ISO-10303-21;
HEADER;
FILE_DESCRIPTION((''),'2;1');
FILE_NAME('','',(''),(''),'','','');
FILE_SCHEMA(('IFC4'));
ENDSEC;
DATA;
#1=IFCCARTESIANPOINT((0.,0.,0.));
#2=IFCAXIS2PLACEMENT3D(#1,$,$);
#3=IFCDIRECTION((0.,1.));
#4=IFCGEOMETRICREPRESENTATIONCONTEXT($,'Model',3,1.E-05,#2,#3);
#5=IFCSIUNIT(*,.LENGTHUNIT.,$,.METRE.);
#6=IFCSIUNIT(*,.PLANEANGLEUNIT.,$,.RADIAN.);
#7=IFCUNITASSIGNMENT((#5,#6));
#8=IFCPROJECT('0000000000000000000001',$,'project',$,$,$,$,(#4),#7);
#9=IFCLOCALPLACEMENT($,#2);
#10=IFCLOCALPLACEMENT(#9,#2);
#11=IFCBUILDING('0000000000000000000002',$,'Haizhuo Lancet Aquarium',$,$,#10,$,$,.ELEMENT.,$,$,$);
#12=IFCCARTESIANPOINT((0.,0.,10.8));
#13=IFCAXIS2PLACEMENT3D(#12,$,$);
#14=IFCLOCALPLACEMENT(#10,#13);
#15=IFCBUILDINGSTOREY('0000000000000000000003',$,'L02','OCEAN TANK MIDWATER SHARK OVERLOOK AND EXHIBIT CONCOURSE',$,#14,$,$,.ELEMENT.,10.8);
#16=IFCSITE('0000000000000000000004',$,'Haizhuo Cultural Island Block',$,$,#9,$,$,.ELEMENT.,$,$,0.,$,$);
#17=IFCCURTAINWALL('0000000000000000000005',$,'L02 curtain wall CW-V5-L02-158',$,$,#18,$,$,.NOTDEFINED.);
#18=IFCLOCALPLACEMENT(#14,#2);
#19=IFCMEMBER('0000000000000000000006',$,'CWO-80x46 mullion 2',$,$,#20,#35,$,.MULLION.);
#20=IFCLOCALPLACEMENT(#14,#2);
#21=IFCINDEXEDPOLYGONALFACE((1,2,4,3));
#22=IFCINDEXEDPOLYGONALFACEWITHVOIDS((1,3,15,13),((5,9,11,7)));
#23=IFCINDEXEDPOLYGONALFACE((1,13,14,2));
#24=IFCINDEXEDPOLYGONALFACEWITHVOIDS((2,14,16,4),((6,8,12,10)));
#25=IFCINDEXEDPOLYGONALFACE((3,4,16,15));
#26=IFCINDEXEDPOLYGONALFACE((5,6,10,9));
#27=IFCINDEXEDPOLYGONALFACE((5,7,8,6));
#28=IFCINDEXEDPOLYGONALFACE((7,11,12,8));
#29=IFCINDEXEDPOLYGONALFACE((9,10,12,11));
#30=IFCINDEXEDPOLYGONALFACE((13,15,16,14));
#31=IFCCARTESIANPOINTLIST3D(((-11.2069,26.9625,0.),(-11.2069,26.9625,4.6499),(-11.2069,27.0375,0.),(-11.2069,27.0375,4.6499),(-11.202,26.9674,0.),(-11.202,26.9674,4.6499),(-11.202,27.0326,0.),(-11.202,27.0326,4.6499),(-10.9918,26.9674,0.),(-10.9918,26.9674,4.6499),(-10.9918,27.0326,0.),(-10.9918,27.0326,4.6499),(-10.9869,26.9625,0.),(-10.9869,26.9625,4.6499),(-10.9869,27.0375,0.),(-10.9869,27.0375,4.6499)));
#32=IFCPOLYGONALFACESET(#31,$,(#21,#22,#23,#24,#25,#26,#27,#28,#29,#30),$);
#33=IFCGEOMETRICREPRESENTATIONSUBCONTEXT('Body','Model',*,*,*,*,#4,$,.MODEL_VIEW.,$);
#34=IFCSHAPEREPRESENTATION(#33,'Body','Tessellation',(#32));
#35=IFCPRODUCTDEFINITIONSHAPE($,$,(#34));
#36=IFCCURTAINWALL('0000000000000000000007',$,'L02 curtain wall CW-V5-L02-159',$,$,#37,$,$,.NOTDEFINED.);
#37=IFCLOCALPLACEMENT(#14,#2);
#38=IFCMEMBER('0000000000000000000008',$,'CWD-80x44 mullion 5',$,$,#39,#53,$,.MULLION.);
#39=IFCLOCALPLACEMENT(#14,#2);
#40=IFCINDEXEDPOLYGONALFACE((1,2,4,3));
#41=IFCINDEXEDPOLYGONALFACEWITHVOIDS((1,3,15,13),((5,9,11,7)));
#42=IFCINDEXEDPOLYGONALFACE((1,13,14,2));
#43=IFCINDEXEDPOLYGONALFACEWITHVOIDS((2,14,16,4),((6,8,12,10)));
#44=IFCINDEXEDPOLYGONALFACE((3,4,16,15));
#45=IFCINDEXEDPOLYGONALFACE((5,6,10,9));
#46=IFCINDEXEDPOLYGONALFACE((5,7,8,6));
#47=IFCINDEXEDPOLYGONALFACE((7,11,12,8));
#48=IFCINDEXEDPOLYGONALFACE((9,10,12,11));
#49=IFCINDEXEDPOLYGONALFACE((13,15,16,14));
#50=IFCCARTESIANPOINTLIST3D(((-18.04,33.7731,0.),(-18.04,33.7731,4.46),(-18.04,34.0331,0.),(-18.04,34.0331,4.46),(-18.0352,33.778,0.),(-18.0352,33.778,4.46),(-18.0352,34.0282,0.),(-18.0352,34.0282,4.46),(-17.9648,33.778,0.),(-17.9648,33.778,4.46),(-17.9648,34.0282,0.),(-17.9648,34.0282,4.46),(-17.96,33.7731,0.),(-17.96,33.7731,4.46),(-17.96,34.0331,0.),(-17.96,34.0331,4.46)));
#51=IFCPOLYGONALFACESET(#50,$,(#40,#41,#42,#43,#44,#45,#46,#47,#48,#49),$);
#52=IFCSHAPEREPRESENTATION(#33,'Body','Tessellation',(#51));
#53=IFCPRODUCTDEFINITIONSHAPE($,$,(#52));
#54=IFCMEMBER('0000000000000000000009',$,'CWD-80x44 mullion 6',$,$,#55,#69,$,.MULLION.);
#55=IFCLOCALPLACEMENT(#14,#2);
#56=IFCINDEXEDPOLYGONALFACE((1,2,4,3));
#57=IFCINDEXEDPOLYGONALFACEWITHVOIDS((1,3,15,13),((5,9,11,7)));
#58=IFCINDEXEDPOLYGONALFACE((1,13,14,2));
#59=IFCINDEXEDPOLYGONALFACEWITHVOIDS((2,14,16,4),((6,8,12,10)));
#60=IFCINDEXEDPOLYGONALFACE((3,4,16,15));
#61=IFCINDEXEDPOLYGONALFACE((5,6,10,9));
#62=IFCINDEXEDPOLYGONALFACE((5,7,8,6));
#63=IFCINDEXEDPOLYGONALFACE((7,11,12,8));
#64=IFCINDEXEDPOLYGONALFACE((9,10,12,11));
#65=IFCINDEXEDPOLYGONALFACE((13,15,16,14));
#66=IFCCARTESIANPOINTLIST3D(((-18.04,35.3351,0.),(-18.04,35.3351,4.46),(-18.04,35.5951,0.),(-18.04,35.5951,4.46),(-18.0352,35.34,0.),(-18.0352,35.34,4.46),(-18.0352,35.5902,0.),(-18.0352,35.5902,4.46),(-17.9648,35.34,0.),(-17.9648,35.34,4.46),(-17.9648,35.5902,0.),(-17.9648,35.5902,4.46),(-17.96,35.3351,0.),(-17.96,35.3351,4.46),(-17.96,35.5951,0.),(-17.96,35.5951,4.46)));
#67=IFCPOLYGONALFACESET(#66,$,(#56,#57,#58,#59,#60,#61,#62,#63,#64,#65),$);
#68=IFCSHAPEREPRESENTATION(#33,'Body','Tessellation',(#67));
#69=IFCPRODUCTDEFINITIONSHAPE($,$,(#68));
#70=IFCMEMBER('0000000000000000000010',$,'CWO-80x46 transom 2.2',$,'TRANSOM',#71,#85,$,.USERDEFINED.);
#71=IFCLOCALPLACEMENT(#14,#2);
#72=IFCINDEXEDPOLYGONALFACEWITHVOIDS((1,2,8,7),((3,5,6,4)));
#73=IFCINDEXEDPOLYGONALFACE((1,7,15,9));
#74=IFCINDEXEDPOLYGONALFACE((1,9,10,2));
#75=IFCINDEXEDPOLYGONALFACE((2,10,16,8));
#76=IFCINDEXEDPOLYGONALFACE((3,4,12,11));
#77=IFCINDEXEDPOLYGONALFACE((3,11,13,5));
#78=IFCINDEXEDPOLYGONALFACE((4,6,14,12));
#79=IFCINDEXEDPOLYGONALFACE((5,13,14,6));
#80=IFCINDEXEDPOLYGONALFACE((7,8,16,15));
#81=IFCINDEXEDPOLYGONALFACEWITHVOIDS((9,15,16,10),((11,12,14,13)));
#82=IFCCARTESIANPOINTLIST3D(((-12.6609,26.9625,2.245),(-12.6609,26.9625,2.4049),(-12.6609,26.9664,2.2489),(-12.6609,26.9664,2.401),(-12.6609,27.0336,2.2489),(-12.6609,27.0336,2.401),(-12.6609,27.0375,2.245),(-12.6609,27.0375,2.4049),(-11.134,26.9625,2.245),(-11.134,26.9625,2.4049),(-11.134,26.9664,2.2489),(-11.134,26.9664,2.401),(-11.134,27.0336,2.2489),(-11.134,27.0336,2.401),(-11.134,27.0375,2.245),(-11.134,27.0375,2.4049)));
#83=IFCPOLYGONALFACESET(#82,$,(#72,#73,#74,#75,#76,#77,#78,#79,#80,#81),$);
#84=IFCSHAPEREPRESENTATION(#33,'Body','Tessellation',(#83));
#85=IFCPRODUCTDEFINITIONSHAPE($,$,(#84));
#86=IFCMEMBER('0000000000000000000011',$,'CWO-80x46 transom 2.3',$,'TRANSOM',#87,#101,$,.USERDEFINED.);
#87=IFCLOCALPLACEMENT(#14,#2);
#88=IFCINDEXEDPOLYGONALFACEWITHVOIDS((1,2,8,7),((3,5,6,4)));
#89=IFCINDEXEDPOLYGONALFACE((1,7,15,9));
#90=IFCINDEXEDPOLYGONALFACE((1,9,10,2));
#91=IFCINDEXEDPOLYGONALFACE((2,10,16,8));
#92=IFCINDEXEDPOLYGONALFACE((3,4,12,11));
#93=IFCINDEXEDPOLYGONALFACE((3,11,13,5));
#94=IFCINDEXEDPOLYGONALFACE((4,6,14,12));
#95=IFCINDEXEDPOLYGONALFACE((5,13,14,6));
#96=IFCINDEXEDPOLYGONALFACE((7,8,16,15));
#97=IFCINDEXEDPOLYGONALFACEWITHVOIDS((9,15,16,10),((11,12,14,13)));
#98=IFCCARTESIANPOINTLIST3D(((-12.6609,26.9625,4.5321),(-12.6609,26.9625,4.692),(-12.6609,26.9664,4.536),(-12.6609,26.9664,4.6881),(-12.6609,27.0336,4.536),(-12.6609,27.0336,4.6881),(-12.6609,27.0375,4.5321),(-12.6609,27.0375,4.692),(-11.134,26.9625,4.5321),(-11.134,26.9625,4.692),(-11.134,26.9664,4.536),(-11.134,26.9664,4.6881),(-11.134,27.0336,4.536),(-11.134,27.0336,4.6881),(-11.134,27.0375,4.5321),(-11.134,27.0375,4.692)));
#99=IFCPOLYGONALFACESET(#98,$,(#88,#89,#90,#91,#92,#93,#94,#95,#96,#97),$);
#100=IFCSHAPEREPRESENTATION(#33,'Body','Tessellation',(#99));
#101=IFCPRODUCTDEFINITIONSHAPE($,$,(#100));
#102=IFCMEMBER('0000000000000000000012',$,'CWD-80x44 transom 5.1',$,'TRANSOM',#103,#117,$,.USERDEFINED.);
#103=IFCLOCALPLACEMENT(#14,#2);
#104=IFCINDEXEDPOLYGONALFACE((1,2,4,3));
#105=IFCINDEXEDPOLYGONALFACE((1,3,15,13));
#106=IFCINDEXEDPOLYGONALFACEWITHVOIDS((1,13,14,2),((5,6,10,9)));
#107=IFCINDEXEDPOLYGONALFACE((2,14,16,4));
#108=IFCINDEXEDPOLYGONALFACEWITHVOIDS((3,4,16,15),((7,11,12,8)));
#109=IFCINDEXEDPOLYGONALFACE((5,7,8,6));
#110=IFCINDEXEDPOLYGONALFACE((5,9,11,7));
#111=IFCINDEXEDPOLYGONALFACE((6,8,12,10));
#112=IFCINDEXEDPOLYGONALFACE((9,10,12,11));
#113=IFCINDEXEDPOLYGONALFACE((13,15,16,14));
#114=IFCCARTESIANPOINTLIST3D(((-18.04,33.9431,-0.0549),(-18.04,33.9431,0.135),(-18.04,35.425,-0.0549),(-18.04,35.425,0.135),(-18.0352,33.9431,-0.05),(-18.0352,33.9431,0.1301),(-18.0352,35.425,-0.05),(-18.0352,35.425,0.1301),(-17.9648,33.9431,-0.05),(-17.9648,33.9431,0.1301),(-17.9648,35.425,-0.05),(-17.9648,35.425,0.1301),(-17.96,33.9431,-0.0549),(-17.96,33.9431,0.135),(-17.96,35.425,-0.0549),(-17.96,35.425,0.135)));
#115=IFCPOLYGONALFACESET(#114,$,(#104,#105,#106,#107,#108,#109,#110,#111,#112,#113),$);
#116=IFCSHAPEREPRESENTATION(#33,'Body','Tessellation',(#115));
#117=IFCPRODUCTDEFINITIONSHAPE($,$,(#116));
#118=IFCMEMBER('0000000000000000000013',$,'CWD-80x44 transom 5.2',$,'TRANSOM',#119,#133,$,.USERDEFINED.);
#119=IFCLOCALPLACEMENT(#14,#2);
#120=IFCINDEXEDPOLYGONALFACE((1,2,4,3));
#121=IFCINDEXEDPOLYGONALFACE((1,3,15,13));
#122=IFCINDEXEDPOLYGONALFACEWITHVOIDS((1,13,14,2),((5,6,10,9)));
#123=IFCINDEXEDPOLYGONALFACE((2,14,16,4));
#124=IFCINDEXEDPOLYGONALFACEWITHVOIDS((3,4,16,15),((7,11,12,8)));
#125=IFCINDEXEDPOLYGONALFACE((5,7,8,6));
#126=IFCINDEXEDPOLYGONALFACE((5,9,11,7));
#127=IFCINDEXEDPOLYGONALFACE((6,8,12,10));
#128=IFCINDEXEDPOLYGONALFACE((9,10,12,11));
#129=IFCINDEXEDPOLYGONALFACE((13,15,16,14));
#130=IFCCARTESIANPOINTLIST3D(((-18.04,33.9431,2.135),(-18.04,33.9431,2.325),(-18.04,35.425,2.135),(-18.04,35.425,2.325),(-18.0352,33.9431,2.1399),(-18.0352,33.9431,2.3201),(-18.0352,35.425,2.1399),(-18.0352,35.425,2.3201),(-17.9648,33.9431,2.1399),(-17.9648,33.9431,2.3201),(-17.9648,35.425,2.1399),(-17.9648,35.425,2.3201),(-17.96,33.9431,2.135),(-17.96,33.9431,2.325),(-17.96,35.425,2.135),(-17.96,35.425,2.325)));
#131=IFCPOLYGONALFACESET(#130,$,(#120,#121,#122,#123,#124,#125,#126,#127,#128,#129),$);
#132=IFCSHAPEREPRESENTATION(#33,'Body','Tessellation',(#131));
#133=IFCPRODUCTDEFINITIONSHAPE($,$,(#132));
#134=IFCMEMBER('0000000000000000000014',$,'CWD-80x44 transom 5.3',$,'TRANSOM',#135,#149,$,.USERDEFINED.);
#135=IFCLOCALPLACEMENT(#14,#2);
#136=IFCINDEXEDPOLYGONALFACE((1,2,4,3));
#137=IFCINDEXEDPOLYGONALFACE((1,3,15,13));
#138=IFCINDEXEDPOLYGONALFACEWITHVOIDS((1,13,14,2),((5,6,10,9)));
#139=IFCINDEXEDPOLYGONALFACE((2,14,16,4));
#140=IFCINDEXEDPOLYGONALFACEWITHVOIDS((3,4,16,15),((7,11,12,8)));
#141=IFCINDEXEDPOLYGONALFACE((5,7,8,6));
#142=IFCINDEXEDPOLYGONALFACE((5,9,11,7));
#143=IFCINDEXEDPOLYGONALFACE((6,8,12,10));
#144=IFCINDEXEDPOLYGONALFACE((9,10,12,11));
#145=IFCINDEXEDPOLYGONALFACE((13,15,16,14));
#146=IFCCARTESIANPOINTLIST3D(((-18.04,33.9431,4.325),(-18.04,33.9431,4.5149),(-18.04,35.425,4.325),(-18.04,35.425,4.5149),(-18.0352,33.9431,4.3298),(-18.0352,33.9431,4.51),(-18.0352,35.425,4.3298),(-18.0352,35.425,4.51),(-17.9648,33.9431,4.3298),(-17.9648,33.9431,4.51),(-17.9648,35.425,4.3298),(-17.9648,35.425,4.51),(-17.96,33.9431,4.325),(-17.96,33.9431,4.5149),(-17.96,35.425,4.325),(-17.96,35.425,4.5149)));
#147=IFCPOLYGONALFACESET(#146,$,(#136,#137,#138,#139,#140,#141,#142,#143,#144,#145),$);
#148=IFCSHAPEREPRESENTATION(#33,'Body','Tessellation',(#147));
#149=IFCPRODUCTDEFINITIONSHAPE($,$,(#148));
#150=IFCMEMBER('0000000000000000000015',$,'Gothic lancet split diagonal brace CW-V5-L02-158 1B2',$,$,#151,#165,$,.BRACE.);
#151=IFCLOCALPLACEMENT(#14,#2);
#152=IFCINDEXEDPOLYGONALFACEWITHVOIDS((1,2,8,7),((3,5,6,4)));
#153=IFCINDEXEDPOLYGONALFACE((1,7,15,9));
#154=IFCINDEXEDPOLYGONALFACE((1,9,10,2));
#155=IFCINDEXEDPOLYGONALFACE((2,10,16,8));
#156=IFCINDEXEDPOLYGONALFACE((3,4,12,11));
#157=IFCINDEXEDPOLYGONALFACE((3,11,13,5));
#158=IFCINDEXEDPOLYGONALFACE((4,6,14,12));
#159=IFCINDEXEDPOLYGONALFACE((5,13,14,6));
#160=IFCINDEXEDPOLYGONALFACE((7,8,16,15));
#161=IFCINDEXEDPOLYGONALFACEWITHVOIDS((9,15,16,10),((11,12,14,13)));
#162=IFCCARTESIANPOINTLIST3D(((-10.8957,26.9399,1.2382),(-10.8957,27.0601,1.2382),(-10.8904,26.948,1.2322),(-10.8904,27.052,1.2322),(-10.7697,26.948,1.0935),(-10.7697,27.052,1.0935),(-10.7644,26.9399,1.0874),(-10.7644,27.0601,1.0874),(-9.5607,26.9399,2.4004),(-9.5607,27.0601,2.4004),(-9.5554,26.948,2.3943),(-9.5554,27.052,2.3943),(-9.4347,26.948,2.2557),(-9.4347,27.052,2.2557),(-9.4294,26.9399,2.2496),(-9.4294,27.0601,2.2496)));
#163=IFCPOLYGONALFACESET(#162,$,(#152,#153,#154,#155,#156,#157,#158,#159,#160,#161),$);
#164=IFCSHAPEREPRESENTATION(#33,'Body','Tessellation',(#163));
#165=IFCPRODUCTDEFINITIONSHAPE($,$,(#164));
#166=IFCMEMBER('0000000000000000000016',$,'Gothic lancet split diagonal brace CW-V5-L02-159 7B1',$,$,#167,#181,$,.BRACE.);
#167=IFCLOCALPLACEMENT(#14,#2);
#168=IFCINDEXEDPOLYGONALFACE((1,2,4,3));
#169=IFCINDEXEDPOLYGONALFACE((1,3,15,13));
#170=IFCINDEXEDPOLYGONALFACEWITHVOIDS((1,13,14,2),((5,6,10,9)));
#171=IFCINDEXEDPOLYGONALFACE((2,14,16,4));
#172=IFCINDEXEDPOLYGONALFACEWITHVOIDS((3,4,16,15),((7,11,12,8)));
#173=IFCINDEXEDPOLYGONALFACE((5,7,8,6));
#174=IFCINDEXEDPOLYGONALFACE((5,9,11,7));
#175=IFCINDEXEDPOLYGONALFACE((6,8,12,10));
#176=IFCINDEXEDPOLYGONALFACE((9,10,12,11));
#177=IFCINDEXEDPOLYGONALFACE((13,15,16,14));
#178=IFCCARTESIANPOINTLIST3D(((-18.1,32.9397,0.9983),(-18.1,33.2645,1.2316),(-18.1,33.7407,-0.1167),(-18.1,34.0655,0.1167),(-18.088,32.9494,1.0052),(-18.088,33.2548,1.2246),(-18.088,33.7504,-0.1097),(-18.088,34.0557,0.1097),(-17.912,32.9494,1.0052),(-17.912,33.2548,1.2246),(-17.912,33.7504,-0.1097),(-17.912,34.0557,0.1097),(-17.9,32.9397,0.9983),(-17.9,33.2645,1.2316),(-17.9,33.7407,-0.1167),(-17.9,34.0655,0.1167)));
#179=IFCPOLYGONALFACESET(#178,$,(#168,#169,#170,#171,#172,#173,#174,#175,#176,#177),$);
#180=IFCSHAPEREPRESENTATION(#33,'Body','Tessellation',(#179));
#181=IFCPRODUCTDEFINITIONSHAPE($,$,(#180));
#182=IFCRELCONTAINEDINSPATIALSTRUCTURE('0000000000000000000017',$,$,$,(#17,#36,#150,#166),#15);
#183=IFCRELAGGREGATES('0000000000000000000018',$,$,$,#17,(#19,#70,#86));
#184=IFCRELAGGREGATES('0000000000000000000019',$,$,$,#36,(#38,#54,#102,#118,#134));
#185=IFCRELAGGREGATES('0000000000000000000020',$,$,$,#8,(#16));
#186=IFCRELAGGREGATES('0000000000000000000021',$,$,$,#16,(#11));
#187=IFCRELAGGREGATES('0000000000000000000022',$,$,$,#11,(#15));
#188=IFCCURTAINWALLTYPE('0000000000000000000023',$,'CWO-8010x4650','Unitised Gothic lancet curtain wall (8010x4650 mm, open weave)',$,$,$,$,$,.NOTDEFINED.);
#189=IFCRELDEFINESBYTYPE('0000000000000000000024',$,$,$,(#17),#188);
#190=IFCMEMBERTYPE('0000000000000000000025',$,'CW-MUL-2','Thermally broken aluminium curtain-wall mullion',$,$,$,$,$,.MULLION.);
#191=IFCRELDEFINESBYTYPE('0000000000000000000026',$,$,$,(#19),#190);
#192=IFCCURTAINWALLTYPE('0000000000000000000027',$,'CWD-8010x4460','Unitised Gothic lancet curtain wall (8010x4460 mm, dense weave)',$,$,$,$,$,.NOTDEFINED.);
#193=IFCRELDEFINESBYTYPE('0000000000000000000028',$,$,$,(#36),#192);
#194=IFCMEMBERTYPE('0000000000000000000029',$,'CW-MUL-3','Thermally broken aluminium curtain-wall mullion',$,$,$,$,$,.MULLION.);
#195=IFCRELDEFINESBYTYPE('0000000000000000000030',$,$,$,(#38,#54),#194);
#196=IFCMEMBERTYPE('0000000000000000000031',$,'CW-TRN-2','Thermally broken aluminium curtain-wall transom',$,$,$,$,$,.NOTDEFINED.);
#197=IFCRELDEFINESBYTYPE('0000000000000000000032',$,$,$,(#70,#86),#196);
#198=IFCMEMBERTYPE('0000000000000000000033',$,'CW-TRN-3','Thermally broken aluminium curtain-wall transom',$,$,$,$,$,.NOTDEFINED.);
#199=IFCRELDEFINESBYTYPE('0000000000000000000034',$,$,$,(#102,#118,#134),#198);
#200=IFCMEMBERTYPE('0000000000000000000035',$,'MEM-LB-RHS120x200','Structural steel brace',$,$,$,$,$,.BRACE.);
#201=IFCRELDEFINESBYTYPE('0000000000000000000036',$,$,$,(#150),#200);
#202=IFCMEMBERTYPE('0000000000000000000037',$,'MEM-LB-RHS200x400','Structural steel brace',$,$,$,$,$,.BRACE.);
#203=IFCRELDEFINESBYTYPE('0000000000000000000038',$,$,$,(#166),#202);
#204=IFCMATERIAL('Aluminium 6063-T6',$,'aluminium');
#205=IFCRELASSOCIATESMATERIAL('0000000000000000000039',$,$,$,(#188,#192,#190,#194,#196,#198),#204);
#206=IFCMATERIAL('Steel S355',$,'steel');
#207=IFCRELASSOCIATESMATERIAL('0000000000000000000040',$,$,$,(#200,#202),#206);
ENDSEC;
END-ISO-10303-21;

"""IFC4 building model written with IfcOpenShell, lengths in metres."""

from ifc_helpers import new_model, si_unit, direction, frame, origin, origin_2d, place, context, subcontext, project, spatial, hollow_rectangle, extrude, material, material_profile, profile_set, type_object, element, aggregate, save


model = new_model("IFC4")

# Units and contexts
model_context = context("Model", 3, precision=1e-05, world=origin(), true_north=direction((0.0, 1.0)))
body_context = subcontext(model_context, "Body", "Model", "MODEL_VIEW")
ifc_project = project(units=[si_unit("LENGTHUNIT", "METRE"), si_unit("PLANEANGLEUNIT", "RADIAN")], contexts=[model_context])

# Site, building, storey
site_placement = place(None, origin())
site = spatial("IfcSite", under=ifc_project, at=site_placement, Name="Haizhuo Cultural Island Block", CompositionType="ELEMENT", RefElevation=0.0)
building_placement = place(site_placement, origin())
building = spatial("IfcBuilding", under=site, at=building_placement, Name="Haizhuo Lancet Aquarium", CompositionType="ELEMENT")
storey_placement = place(building_placement, frame((0.0, 0.0, 10.8)))
storey = spatial("IfcBuildingStorey", under=building, at=storey_placement, Name="L02", Description="OCEAN TANK MIDWATER SHARK OVERLOOK AND EXHIBIT CONCOURSE", CompositionType="ELEMENT", Elevation=10.8)

# Curtain wall, member
ifc_material_1 = material(Name="Aluminium 6063-T6", Category="aluminium")
curtain_wall_type_1 = type_object("IfcCurtainWallType", Name="CWO-8010x4650", Description="Unitised Gothic lancet curtain wall (8010x4650 mm, open weave)", PredefinedType="NOTDEFINED", material=ifc_material_1)
curtain_wall_1_placement = place(storey_placement, origin())
curtain_wall_1 = element("IfcCurtainWall", 1, at=curtain_wall_1_placement, inside=storey, type_object=curtain_wall_type_1, Name="L02 curtain wall CW-V5-L02-158", PredefinedType="NOTDEFINED")
ifc_material_profile_1 = material_profile(ifc_material_1, hollow_rectangle(XDim=0.075, YDim=0.22, WallThickness=0.0049, at=origin_2d()), Name="ALU-M 75x220x5")
ifc_profile_set_1 = profile_set([ifc_material_profile_1], Name="Aluminium 6063-T6")
member_type_1 = type_object("IfcMemberType", Name="CW-MUL-2", Description="Thermally broken aluminium curtain-wall mullion", PredefinedType="MULLION", material=ifc_profile_set_1)
member_1_placement = place(storey_placement, frame((-11.0969, 27.0, 0.0), z_axis=(0.0, 0.0, 1.0), x_axis=(0.0, -1.0, 0.0)))
member_1 = element("IfcMember", 2, at=member_1_placement, type_object=member_type_1, Name="CWO-80x46 mullion 2", PredefinedType="MULLION", context=body_context, shape_type="SweptSolid", body=[
    extrude(hollow_rectangle(XDim=0.075, YDim=0.22, WallThickness=0.0049, at=origin_2d()), origin(), (0.0, 0.0, 1.0), 4.6499),
])

# Curtain wall, members
curtain_wall_type_2 = type_object("IfcCurtainWallType", Name="CWD-8010x4460", Description="Unitised Gothic lancet curtain wall (8010x4460 mm, dense weave)", PredefinedType="NOTDEFINED", material=ifc_material_1)
curtain_wall_2_placement = place(storey_placement, origin())
curtain_wall_2 = element("IfcCurtainWall", 3, at=curtain_wall_2_placement, inside=storey, type_object=curtain_wall_type_2, Name="L02 curtain wall CW-V5-L02-159", PredefinedType="NOTDEFINED")
ifc_material_profile_2 = material_profile(ifc_material_1, hollow_rectangle(XDim=0.0801, YDim=0.26, WallThickness=0.0049, at=origin_2d()), Name="ALU-M 80x260x5")
ifc_profile_set_2 = profile_set([ifc_material_profile_2], Name="Aluminium 6063-T6")
member_type_2 = type_object("IfcMemberType", Name="CW-MUL-3", Description="Thermally broken aluminium curtain-wall mullion", PredefinedType="MULLION", material=ifc_profile_set_2)
member_2_placement = place(storey_placement, frame((-18.0, 33.9031, 0.0), z_axis=(0.0, 0.0, 1.0), x_axis=(-1.0, 0.0, 0.0)))
member_2 = element("IfcMember", 4, at=member_2_placement, type_object=member_type_2, Name="CWD-80x44 mullion 5", PredefinedType="MULLION", context=body_context, shape_type="SweptSolid", body=[
    extrude(hollow_rectangle(XDim=0.0801, YDim=0.26, WallThickness=0.0049, at=origin_2d()), origin(), (0.0, 0.0, 1.0), 4.46),
])
member_3_placement = place(storey_placement, frame((-18.0, 35.4651, 0.0), z_axis=(0.0, 0.0, 1.0), x_axis=(-1.0, 0.0, 0.0)))
member_3 = element("IfcMember", 5, at=member_3_placement, type_object=member_type_2, Name="CWD-80x44 mullion 6", PredefinedType="MULLION", context=body_context, shape_type="SweptSolid", body=[
    extrude(hollow_rectangle(XDim=0.0801, YDim=0.26, WallThickness=0.0049, at=origin_2d()), origin(), (0.0, 0.0, 1.0), 4.46),
])

# Members
ifc_material_profile_3 = material_profile(ifc_material_1, hollow_rectangle(XDim=0.075, YDim=0.1599, WallThickness=0.0039, at=origin_2d()), Name="ALU-T 75x160x4")
ifc_profile_set_3 = profile_set([ifc_material_profile_3], Name="Aluminium 6063-T6")
member_type_3 = type_object("IfcMemberType", Name="CW-TRN-2", Description="Thermally broken aluminium curtain-wall transom", PredefinedType="NOTDEFINED", material=ifc_profile_set_3)
member_4_placement = place(storey_placement, frame((-11.134, 27.0, 2.325), z_axis=(-1.0, 0.0, 0.0), x_axis=(0.0, -1.0, 0.0)))
member_4 = element("IfcMember", 6, at=member_4_placement, type_object=member_type_3, Name="CWO-80x46 transom 2.2", ObjectType="TRANSOM", PredefinedType="USERDEFINED", context=body_context, shape_type="SweptSolid", body=[
    extrude(hollow_rectangle(XDim=0.075, YDim=0.1599, WallThickness=0.0039, at=origin_2d()), origin(), (0.0, 0.0, 1.0), 1.5269),
])
member_5_placement = place(storey_placement, frame((-11.134, 27.0, 4.6121), z_axis=(-1.0, 0.0, 0.0), x_axis=(0.0, -1.0, 0.0)))
member_5 = element("IfcMember", 7, at=member_5_placement, type_object=member_type_3, Name="CWO-80x46 transom 2.3", ObjectType="TRANSOM", PredefinedType="USERDEFINED", context=body_context, shape_type="SweptSolid", body=[
    extrude(hollow_rectangle(XDim=0.075, YDim=0.1599, WallThickness=0.0039, at=origin_2d()), origin(), (0.0, 0.0, 1.0), 1.5269),
])
aggregate(curtain_wall_1, [member_1, member_4, member_5])
ifc_material_profile_4 = material_profile(ifc_material_1, hollow_rectangle(XDim=0.0801, YDim=0.1899, WallThickness=0.0049, at=origin_2d()), Name="ALU-T 80x190x5")
ifc_profile_set_4 = profile_set([ifc_material_profile_4], Name="Aluminium 6063-T6")
member_type_4 = type_object("IfcMemberType", Name="CW-TRN-3", Description="Thermally broken aluminium curtain-wall transom", PredefinedType="NOTDEFINED", material=ifc_profile_set_4)
member_6_placement = place(storey_placement, frame((-18.0, 33.9431, 0.04), z_axis=(0.0, 1.0, 0.0), x_axis=(-1.0, 0.0, 0.0)))
member_6 = element("IfcMember", 8, at=member_6_placement, type_object=member_type_4, Name="CWD-80x44 transom 5.1", ObjectType="TRANSOM", PredefinedType="USERDEFINED", context=body_context, shape_type="SweptSolid", body=[
    extrude(hollow_rectangle(XDim=0.0801, YDim=0.1899, WallThickness=0.0049, at=origin_2d()), origin(), (0.0, 0.0, 1.0), 1.4819),
])
member_7_placement = place(storey_placement, frame((-18.0, 33.9431, 2.23), z_axis=(0.0, 1.0, 0.0), x_axis=(-1.0, 0.0, 0.0)))
member_7 = element("IfcMember", 9, at=member_7_placement, type_object=member_type_4, Name="CWD-80x44 transom 5.2", ObjectType="TRANSOM", PredefinedType="USERDEFINED", context=body_context, shape_type="SweptSolid", body=[
    extrude(hollow_rectangle(XDim=0.0801, YDim=0.1899, WallThickness=0.0049, at=origin_2d()), origin(), (0.0, 0.0, 1.0), 1.4819),
])
member_8_placement = place(storey_placement, frame((-18.0, 33.9431, 4.4199), z_axis=(0.0, 1.0, 0.0), x_axis=(-1.0, 0.0, 0.0)))
member_8 = element("IfcMember", 10, at=member_8_placement, type_object=member_type_4, Name="CWD-80x44 transom 5.3", ObjectType="TRANSOM", PredefinedType="USERDEFINED", context=body_context, shape_type="SweptSolid", body=[
    extrude(hollow_rectangle(XDim=0.0801, YDim=0.1899, WallThickness=0.0049, at=origin_2d()), origin(), (0.0, 0.0, 1.0), 1.4819),
])

# Members
ifc_material_2 = material(Name="Steel S355", Category="steel")
ifc_material_profile_5 = material_profile(ifc_material_2, hollow_rectangle(XDim=0.1201, YDim=0.2, WallThickness=0.0081, at=origin_2d()), Name="RHS 120x200x8")
ifc_profile_set_5 = profile_set([ifc_material_profile_5], Name="Steel S355")
member_type_5 = type_object("IfcMemberType", Name="MEM-LB-RHS120x200", Description="Structural steel brace", PredefinedType="BRACE", material=ifc_profile_set_5)
member_9_placement = place(storey_placement, frame((-10.8301, 27.0, 1.1628), z_axis=(0.754249, 0.0, 0.656588), x_axis=(0.0, 1.0, 0.0)))
element("IfcMember", 11, at=member_9_placement, inside=storey, type_object=member_type_5, Name="Gothic lancet split diagonal brace CW-V5-L02-158 1B2", PredefinedType="BRACE", context=body_context, shape_type="SweptSolid", body=[
    extrude(hollow_rectangle(XDim=0.1201, YDim=0.2, WallThickness=0.0081, at=origin_2d()), origin(), (0.0, 0.0, 1.0), 1.77),
])
ifc_material_profile_6 = material_profile(ifc_material_2, hollow_rectangle(XDim=0.2, YDim=0.3999, WallThickness=0.012, at=origin_2d()), Name="RHS 200x400x12")
ifc_profile_set_6 = profile_set([ifc_material_profile_6], Name="Steel S355")
member_type_6 = type_object("IfcMemberType", Name="MEM-LB-RHS200x400", Description="Structural steel brace", PredefinedType="BRACE", material=ifc_profile_set_6)
for number, where, z_axis, x_axis, name in (
    (12, (-18.0, 33.9031, 0.0), (0.0, -0.583456, 0.812144), (1.0, 0.0, 0.0), "Gothic lancet split diagonal brace CW-V5-L02-159 7B1"),
):
    element("IfcMember", number, at=place(storey_placement, frame(where, z_axis=z_axis, x_axis=x_axis)), inside=storey, type_object=member_type_6, Name=name, PredefinedType="BRACE", context=body_context, shape_type="SweptSolid", body=[
        extrude(hollow_rectangle(XDim=0.2, YDim=0.3999, WallThickness=0.012, at=origin_2d()), origin(), (0.0, 0.0, 1.0), 1.3728),
    ])

aggregate(curtain_wall_2, [member_2, member_3, member_6, member_7, member_8])

save(model, "model.ifc")
